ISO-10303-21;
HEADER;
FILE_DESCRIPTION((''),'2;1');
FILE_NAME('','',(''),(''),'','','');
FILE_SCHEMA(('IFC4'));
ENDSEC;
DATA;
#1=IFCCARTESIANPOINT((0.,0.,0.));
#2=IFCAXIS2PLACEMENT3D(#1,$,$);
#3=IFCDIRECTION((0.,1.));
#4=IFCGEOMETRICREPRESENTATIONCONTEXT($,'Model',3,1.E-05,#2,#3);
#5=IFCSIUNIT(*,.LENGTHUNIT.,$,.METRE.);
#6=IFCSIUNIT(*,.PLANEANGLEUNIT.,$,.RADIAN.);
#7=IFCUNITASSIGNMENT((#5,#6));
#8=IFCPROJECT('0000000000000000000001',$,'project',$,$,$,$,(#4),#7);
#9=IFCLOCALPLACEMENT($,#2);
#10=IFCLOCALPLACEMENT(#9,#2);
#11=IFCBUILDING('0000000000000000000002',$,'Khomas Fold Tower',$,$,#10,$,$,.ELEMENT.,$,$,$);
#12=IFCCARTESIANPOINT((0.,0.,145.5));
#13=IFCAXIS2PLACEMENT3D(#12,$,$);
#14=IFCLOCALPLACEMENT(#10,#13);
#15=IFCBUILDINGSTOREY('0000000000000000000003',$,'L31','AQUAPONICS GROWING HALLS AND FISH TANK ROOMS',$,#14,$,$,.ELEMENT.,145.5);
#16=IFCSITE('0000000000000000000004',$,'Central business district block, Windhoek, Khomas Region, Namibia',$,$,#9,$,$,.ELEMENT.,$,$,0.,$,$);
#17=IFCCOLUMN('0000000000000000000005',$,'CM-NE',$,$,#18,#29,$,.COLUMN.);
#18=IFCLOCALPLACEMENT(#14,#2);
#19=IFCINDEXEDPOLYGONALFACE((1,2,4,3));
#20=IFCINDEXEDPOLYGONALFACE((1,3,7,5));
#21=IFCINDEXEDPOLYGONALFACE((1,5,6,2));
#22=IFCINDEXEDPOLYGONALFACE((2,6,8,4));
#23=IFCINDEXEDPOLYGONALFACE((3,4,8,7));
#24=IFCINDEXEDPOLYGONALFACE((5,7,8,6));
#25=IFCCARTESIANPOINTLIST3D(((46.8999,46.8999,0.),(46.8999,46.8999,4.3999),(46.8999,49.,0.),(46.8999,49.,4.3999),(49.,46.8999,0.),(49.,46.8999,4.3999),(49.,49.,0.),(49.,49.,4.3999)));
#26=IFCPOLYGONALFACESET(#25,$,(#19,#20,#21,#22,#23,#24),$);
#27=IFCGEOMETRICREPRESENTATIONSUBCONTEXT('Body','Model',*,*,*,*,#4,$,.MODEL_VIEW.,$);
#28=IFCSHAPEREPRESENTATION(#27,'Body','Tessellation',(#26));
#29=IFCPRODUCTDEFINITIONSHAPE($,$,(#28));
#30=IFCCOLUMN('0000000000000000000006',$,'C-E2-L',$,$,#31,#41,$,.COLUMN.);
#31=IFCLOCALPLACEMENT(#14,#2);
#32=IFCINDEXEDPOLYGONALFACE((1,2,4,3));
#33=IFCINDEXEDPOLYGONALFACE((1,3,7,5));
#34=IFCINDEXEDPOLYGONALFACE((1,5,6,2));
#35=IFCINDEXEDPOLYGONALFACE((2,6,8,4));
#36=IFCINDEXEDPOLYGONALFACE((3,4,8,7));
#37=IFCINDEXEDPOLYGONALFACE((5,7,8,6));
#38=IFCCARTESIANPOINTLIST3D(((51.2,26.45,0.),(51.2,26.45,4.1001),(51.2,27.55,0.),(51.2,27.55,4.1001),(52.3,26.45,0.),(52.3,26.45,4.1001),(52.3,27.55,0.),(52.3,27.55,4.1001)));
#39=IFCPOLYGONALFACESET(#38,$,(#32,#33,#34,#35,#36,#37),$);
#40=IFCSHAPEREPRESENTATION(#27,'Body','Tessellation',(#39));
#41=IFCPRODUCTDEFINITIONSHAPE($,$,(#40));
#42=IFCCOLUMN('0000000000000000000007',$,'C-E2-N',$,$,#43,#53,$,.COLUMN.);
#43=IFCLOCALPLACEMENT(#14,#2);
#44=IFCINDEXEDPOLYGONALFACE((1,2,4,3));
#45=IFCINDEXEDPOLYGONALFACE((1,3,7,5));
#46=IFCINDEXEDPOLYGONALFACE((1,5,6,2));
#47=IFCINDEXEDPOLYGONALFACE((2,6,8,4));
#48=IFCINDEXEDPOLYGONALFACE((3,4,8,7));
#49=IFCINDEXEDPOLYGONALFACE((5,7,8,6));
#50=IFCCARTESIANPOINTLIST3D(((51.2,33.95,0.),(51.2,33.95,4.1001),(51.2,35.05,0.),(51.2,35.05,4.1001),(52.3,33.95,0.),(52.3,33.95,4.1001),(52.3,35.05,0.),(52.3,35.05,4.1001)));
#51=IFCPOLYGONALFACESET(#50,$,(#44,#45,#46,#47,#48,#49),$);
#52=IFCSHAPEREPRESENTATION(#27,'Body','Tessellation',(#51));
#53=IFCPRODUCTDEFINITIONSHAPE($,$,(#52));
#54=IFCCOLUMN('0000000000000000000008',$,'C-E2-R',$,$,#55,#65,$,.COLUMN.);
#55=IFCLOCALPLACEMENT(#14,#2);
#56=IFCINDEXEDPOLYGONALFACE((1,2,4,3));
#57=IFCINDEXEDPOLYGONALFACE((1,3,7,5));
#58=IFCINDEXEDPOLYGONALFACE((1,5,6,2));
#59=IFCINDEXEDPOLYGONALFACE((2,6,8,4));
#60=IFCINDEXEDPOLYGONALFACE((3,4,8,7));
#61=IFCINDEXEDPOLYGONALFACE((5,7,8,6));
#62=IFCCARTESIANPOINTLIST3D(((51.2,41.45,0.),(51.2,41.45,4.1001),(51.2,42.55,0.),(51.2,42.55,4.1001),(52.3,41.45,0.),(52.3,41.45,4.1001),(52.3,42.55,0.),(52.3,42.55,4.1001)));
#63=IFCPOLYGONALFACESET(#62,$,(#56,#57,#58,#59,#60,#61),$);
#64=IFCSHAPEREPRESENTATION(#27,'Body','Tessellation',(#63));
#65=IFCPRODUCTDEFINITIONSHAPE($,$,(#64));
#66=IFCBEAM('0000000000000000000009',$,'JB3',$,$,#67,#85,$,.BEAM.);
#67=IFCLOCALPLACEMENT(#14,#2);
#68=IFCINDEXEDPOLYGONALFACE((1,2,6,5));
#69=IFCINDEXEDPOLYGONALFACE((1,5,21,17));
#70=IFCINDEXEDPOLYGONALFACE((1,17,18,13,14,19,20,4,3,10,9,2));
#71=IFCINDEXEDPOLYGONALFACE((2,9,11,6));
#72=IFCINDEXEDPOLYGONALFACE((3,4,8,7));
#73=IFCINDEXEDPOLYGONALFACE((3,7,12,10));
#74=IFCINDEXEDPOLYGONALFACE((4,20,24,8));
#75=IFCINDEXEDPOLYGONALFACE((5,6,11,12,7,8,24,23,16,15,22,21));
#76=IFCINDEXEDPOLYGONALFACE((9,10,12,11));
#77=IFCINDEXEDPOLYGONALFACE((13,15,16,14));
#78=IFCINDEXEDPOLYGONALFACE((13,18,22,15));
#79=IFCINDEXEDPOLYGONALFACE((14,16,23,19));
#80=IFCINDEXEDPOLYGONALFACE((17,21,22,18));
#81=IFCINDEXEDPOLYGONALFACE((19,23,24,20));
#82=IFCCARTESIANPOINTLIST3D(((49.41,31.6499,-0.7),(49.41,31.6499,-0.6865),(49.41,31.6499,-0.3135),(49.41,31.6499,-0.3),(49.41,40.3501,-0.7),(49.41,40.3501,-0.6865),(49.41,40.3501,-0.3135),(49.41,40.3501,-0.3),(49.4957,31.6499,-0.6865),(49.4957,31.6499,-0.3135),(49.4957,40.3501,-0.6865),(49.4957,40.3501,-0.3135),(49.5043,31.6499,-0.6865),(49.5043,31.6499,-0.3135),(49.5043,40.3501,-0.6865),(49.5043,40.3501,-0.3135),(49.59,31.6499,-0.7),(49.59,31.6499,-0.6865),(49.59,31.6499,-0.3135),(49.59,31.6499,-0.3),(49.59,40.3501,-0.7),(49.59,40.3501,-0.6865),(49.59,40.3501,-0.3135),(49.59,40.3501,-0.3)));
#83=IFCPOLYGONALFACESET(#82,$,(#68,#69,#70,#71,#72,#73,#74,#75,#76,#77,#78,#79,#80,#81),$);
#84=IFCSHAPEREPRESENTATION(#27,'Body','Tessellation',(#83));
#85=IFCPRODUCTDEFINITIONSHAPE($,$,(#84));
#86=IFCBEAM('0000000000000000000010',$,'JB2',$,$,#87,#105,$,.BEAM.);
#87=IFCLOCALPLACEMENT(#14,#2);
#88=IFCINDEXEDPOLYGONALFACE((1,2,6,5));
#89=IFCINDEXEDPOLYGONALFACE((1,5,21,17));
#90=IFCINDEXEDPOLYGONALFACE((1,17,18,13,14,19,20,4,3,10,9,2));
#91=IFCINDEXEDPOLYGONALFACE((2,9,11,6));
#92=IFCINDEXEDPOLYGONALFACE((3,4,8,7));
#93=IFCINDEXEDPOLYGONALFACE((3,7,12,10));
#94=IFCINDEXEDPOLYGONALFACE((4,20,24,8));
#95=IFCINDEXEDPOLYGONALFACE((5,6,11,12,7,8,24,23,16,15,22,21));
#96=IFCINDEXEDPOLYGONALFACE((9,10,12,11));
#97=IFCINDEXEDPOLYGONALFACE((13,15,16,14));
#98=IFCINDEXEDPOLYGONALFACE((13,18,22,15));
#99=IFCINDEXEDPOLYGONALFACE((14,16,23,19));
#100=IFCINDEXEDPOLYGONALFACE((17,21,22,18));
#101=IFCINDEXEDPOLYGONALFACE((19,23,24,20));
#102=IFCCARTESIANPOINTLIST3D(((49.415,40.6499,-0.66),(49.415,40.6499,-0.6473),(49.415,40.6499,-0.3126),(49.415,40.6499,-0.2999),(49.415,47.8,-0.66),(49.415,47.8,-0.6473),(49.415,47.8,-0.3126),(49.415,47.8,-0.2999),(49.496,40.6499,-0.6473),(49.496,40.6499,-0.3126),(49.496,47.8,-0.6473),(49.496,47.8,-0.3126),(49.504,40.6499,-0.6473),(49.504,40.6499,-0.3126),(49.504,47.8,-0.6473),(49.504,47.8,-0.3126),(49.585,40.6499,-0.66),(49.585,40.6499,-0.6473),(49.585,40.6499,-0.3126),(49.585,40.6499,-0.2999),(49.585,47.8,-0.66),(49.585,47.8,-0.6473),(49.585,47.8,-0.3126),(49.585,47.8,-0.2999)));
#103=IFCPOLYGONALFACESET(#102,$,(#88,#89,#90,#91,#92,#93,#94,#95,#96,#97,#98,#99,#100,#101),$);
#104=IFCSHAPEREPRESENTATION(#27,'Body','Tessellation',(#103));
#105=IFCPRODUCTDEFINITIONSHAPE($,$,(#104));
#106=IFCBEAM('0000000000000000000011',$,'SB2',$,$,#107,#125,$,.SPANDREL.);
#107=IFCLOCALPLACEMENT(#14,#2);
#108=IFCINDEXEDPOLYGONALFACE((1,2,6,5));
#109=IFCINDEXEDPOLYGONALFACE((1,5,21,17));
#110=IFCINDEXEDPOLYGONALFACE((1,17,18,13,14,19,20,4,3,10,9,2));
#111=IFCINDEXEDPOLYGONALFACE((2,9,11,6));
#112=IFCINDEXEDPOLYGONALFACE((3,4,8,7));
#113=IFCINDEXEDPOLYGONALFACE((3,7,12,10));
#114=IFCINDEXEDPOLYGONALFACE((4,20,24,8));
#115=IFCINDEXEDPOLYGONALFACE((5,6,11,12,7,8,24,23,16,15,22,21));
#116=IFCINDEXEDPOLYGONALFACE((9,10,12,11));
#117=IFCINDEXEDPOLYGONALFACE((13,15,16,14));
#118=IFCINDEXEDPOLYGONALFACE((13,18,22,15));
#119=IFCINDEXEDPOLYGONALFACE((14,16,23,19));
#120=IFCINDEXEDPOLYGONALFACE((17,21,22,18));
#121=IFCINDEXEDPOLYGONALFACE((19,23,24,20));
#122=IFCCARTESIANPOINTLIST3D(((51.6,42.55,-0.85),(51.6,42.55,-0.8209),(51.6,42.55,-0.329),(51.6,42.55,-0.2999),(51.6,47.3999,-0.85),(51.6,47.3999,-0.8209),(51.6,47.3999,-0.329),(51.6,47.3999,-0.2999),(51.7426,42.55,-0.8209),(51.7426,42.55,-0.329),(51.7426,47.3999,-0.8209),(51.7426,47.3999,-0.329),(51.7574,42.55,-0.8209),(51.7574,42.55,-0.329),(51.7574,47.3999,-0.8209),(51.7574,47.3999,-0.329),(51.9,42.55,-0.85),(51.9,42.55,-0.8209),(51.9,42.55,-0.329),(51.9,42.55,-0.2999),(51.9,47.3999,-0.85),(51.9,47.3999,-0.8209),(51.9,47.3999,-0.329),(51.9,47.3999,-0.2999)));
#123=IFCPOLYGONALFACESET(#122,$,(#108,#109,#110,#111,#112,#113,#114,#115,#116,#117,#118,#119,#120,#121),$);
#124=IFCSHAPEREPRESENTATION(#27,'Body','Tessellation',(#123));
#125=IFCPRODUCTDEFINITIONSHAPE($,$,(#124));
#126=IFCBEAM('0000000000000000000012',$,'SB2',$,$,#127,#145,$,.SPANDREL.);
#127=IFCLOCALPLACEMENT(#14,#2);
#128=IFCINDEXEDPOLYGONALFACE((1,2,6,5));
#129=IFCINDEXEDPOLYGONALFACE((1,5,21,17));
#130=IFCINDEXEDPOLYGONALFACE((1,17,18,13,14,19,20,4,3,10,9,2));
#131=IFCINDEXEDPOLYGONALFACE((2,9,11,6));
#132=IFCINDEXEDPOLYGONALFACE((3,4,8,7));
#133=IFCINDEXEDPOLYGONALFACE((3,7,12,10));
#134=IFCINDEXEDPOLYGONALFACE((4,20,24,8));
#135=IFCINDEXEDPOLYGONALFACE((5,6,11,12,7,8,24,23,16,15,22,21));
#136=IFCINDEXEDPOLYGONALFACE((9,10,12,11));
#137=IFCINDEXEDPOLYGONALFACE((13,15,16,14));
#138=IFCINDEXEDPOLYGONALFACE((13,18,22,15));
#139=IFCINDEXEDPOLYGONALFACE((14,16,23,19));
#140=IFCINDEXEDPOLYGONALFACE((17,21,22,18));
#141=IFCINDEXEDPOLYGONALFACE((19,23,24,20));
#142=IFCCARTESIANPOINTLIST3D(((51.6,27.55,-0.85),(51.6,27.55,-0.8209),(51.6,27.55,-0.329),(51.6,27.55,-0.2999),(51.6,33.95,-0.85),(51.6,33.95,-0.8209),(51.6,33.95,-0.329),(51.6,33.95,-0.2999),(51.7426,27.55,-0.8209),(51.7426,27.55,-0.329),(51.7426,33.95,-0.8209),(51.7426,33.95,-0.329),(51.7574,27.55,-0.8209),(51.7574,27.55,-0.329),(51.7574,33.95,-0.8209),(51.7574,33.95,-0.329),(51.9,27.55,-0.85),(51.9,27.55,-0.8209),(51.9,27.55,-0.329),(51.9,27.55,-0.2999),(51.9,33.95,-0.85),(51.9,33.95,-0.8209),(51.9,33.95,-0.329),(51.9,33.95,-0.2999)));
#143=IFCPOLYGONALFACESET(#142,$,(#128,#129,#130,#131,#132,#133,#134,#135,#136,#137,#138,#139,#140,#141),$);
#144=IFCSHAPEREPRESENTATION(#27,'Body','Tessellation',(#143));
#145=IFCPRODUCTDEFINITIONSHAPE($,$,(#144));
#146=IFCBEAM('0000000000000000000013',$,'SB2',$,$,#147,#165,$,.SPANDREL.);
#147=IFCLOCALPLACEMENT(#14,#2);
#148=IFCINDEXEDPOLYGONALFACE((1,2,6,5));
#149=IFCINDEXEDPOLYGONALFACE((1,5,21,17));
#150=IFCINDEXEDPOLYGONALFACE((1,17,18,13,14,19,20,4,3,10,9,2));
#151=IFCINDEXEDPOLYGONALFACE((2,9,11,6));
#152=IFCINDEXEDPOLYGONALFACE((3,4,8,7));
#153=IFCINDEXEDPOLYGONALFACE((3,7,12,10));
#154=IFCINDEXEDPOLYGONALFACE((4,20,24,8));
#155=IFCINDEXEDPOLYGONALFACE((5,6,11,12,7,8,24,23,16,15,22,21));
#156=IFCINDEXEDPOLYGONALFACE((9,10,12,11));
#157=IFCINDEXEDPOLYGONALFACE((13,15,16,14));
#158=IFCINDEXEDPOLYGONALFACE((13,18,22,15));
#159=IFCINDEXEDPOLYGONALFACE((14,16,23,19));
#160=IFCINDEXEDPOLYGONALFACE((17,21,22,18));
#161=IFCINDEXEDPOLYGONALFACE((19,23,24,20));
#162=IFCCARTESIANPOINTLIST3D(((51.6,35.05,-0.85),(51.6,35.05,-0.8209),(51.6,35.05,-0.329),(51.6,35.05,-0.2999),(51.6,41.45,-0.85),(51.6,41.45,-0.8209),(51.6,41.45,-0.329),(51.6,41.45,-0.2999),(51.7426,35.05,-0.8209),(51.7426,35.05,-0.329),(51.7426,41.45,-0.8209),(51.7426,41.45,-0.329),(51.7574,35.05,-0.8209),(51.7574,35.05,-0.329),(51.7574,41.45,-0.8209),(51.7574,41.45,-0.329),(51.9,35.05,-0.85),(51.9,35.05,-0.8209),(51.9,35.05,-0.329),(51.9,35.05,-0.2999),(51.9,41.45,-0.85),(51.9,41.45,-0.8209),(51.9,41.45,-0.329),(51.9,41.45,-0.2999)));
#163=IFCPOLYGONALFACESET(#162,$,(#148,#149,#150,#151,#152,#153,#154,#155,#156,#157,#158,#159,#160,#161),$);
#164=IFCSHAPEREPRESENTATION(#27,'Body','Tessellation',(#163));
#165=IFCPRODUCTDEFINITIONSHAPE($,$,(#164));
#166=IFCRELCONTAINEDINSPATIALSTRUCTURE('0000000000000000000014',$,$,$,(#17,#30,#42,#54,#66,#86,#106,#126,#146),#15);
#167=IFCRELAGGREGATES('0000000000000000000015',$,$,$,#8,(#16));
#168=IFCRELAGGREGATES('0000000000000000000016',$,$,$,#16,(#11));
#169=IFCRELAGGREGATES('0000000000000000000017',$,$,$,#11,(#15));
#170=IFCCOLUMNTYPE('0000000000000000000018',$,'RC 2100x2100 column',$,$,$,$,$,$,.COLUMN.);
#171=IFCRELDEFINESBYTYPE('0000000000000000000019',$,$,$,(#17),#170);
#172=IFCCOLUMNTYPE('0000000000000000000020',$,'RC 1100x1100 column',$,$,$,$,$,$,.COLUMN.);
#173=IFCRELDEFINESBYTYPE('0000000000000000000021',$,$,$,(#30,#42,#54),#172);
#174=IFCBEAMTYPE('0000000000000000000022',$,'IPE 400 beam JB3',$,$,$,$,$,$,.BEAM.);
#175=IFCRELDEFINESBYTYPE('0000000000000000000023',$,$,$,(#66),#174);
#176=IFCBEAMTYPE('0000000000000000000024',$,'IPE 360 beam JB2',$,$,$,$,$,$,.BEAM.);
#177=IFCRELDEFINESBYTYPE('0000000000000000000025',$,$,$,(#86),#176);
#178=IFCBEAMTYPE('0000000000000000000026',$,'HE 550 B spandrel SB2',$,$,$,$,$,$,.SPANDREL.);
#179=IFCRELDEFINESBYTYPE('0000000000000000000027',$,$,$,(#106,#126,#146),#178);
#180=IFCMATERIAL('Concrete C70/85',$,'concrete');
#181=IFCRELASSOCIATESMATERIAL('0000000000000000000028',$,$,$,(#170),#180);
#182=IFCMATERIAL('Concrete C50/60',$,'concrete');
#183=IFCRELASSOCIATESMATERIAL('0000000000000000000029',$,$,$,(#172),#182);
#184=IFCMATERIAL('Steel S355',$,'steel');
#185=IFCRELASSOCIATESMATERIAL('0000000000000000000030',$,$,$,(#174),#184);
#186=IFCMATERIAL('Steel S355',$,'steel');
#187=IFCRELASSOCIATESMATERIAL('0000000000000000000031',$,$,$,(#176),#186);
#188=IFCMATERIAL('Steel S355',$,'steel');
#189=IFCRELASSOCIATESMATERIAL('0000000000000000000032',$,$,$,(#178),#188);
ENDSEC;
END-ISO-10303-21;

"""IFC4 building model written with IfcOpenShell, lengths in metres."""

from ifc_helpers import new_model, si_unit, direction, frame, origin, origin_2d, place, context, subcontext, project, spatial, rectangle, i_section, extrude, source, transform, mapped, material, material_profile, profile_set, type_object, element, save


model = new_model("IFC4")

# Units and contexts
model_context = context("Model", 3, precision=1e-05, world=origin(), true_north=direction((0.0, 1.0)))
body_context = subcontext(model_context, "Body", "Model", "MODEL_VIEW")
ifc_project = project(units=[si_unit("LENGTHUNIT", "METRE"), si_unit("PLANEANGLEUNIT", "RADIAN")], contexts=[model_context])

# Site, building, storey
site_placement = place(None, origin())
site = spatial("IfcSite", under=ifc_project, at=site_placement, Name="Central business district block, Windhoek, Khomas Region, Namibia", CompositionType="ELEMENT", RefElevation=0.0)
building_placement = place(site_placement, origin())
building = spatial("IfcBuilding", under=site, at=building_placement, Name="Khomas Fold Tower", CompositionType="ELEMENT")
storey_placement = place(building_placement, frame((0.0, 0.0, 145.5)))
storey = spatial("IfcBuildingStorey", under=building, at=storey_placement, Name="L31", Description="AQUAPONICS GROWING HALLS AND FISH TANK ROOMS", CompositionType="ELEMENT", Elevation=145.5)

# Columns
ifc_material_1 = material(Name="Concrete C70/85", Category="concrete")
ifc_material_profile_1 = material_profile(ifc_material_1, rectangle(XDim=2.1001, YDim=2.1001, at=origin_2d()), Name="RC 2100x2100")
ifc_profile_set_1 = profile_set([ifc_material_profile_1], Name="Concrete C70/85")
column_type_1 = type_object("IfcColumnType", Name="RC 2100x2100 column", PredefinedType="COLUMN", material=ifc_profile_set_1)
shared_shape_1 = source(origin(), body_context, "Body", "SweptSolid", [
    extrude(rectangle(XDim=2.1001, YDim=2.1001, at=origin_2d()), origin(), (0.0, 0.0, 1.0), 4.3999),
])
column_placement = place(storey_placement, frame((47.95, 47.95, 0.0), z_axis=(0.0, 0.0, 1.0), x_axis=(1.0, 0.0, 0.0)))
element("IfcColumn", 1, at=column_placement, inside=storey, type_object=column_type_1, Name="CM-NE", PredefinedType="COLUMN", context=body_context, shape_type="MappedRepresentation", body=[
    mapped(shared_shape_1, transform((0.0, 0.0, 0.0))),
])
ifc_material_2 = material(Name="Concrete C50/60", Category="concrete")
ifc_material_profile_2 = material_profile(ifc_material_2, rectangle(XDim=1.1001, YDim=1.1001, at=origin_2d()), Name="RC 1100x1100")
ifc_profile_set_2 = profile_set([ifc_material_profile_2], Name="Concrete C50/60")
column_type_2 = type_object("IfcColumnType", Name="RC 1100x1100 column", PredefinedType="COLUMN", material=ifc_profile_set_2)
shared_shape_2 = source(origin(), body_context, "Body", "SweptSolid", [
    extrude(rectangle(XDim=1.1001, YDim=1.1001, at=origin_2d()), origin(), (0.0, 0.0, 1.0), 4.1001),
])
for number, where, z_axis, x_axis, name in (
    (2, (51.75, 27.0, 0.0), (0.0, 0.0, 1.0), (1.0, 0.0, 0.0), "C-E2-L"),
    (3, (51.75, 34.5, 0.0), (0.0, 0.0, 1.0), (1.0, 0.0, 0.0), "C-E2-N"),
    (4, (51.75, 42.0, 0.0), (0.0, 0.0, 1.0), (1.0, 0.0, 0.0), "C-E2-R"),
):
    element("IfcColumn", number, at=place(storey_placement, frame(where, z_axis=z_axis, x_axis=x_axis)), inside=storey, type_object=column_type_2, Name=name, PredefinedType="COLUMN", context=body_context, shape_type="MappedRepresentation", body=[
        mapped(shared_shape_2, transform((0.0, 0.0, 0.0))),
    ])

# Beams
ifc_material_3 = material(Name="Steel S355", Category="steel")
ifc_material_profile_3 = material_profile(ifc_material_3, i_section(OverallWidth=0.1799, OverallDepth=0.3999, WebThickness=0.0085, FlangeThickness=0.0134, at=origin_2d()), Name="IPE 400")
ifc_profile_set_3 = profile_set([ifc_material_profile_3], Name="Steel S355")
beam_type_1 = type_object("IfcBeamType", Name="IPE 400 beam JB3", PredefinedType="BEAM", material=ifc_profile_set_3)
shared_shape_3 = source(origin(), body_context, "Body", "SweptSolid", [
    extrude(i_section(OverallWidth=0.1799, OverallDepth=0.3999, WebThickness=0.0085, FlangeThickness=0.0134, at=origin_2d()), origin(), (0.0, 0.0, 1.0), 8.7002),
])
beam_1_placement = place(storey_placement, frame((49.5, 31.6499, -0.5), z_axis=(0.0, 1.0, 0.0), x_axis=(-1.0, 0.0, 0.0)))
element("IfcBeam", 5, at=beam_1_placement, inside=storey, type_object=beam_type_1, Name="JB3", PredefinedType="BEAM", context=body_context, shape_type="MappedRepresentation", body=[
    mapped(shared_shape_3, transform((0.0, 0.0, 0.0))),
])
ifc_material_4 = material(Name="Steel S355", Category="steel")
ifc_material_profile_4 = material_profile(ifc_material_4, i_section(OverallWidth=0.1699, OverallDepth=0.3601, WebThickness=0.0081, FlangeThickness=0.0127, at=origin_2d()), Name="IPE 360")
ifc_profile_set_4 = profile_set([ifc_material_profile_4], Name="Steel S355")
beam_type_2 = type_object("IfcBeamType", Name="IPE 360 beam JB2", PredefinedType="BEAM", material=ifc_profile_set_4)
shared_shape_4 = source(origin(), body_context, "Body", "SweptSolid", [
    extrude(i_section(OverallWidth=0.1699, OverallDepth=0.3601, WebThickness=0.0081, FlangeThickness=0.0127, at=origin_2d()), origin(), (0.0, 0.0, 1.0), 7.1501),
])
beam_2_placement = place(storey_placement, frame((49.5, 40.6499, -0.48), z_axis=(0.0, 1.0, 0.0), x_axis=(-1.0, 0.0, 0.0)))
element("IfcBeam", 6, at=beam_2_placement, inside=storey, type_object=beam_type_2, Name="JB2", PredefinedType="BEAM", context=body_context, shape_type="MappedRepresentation", body=[
    mapped(shared_shape_4, transform((0.0, 0.0, 0.0))),
])
ifc_material_5 = material(Name="Steel S355", Category="steel")
ifc_material_profile_5 = material_profile(ifc_material_5, i_section(OverallWidth=0.3, OverallDepth=0.55, WebThickness=0.0149, FlangeThickness=0.0291, at=origin_2d()), Name="HE 550 B")
ifc_profile_set_5 = profile_set([ifc_material_profile_5], Name="Steel S355")
beam_type_3 = type_object("IfcBeamType", Name="HE 550 B spandrel SB2", PredefinedType="SPANDREL", material=ifc_profile_set_5)
shared_shape_5 = source(origin(), body_context, "Body", "SweptSolid", [
    extrude(i_section(OverallWidth=0.3, OverallDepth=0.55, WebThickness=0.0149, FlangeThickness=0.0291, at=origin_2d()), origin(), (0.0, 0.0, 1.0), 4.8499),
])
beam_3_placement = place(storey_placement, frame((51.75, 42.55, -0.575), z_axis=(0.0, 1.0, 0.0), x_axis=(-1.0, 0.0, 0.0)))
element("IfcBeam", 7, at=beam_3_placement, inside=storey, type_object=beam_type_3, Name="SB2", PredefinedType="SPANDREL", context=body_context, shape_type="MappedRepresentation", body=[
    mapped(shared_shape_5, transform((0.0, 0.0, 0.0))),
])
shared_shape_6 = source(origin(), body_context, "Body", "SweptSolid", [
    extrude(i_section(OverallWidth=0.3, OverallDepth=0.55, WebThickness=0.0149, FlangeThickness=0.0291, at=origin_2d()), origin(), (0.0, 0.0, 1.0), 6.3999),
])
for number, where, z_axis, x_axis, name in (
    (8, (51.75, 27.55, -0.575), (0.0, 1.0, 0.0), (-1.0, 0.0, 0.0), "SB2"),
    (9, (51.75, 35.05, -0.575), (0.0, 1.0, 0.0), (-1.0, 0.0, 0.0), "SB2"),
):
    element("IfcBeam", number, at=place(storey_placement, frame(where, z_axis=z_axis, x_axis=x_axis)), inside=storey, type_object=beam_type_3, Name=name, PredefinedType="SPANDREL", context=body_context, shape_type="MappedRepresentation", body=[
        mapped(shared_shape_6, transform((0.0, 0.0, 0.0))),
    ])

save(model, "model.ifc")
